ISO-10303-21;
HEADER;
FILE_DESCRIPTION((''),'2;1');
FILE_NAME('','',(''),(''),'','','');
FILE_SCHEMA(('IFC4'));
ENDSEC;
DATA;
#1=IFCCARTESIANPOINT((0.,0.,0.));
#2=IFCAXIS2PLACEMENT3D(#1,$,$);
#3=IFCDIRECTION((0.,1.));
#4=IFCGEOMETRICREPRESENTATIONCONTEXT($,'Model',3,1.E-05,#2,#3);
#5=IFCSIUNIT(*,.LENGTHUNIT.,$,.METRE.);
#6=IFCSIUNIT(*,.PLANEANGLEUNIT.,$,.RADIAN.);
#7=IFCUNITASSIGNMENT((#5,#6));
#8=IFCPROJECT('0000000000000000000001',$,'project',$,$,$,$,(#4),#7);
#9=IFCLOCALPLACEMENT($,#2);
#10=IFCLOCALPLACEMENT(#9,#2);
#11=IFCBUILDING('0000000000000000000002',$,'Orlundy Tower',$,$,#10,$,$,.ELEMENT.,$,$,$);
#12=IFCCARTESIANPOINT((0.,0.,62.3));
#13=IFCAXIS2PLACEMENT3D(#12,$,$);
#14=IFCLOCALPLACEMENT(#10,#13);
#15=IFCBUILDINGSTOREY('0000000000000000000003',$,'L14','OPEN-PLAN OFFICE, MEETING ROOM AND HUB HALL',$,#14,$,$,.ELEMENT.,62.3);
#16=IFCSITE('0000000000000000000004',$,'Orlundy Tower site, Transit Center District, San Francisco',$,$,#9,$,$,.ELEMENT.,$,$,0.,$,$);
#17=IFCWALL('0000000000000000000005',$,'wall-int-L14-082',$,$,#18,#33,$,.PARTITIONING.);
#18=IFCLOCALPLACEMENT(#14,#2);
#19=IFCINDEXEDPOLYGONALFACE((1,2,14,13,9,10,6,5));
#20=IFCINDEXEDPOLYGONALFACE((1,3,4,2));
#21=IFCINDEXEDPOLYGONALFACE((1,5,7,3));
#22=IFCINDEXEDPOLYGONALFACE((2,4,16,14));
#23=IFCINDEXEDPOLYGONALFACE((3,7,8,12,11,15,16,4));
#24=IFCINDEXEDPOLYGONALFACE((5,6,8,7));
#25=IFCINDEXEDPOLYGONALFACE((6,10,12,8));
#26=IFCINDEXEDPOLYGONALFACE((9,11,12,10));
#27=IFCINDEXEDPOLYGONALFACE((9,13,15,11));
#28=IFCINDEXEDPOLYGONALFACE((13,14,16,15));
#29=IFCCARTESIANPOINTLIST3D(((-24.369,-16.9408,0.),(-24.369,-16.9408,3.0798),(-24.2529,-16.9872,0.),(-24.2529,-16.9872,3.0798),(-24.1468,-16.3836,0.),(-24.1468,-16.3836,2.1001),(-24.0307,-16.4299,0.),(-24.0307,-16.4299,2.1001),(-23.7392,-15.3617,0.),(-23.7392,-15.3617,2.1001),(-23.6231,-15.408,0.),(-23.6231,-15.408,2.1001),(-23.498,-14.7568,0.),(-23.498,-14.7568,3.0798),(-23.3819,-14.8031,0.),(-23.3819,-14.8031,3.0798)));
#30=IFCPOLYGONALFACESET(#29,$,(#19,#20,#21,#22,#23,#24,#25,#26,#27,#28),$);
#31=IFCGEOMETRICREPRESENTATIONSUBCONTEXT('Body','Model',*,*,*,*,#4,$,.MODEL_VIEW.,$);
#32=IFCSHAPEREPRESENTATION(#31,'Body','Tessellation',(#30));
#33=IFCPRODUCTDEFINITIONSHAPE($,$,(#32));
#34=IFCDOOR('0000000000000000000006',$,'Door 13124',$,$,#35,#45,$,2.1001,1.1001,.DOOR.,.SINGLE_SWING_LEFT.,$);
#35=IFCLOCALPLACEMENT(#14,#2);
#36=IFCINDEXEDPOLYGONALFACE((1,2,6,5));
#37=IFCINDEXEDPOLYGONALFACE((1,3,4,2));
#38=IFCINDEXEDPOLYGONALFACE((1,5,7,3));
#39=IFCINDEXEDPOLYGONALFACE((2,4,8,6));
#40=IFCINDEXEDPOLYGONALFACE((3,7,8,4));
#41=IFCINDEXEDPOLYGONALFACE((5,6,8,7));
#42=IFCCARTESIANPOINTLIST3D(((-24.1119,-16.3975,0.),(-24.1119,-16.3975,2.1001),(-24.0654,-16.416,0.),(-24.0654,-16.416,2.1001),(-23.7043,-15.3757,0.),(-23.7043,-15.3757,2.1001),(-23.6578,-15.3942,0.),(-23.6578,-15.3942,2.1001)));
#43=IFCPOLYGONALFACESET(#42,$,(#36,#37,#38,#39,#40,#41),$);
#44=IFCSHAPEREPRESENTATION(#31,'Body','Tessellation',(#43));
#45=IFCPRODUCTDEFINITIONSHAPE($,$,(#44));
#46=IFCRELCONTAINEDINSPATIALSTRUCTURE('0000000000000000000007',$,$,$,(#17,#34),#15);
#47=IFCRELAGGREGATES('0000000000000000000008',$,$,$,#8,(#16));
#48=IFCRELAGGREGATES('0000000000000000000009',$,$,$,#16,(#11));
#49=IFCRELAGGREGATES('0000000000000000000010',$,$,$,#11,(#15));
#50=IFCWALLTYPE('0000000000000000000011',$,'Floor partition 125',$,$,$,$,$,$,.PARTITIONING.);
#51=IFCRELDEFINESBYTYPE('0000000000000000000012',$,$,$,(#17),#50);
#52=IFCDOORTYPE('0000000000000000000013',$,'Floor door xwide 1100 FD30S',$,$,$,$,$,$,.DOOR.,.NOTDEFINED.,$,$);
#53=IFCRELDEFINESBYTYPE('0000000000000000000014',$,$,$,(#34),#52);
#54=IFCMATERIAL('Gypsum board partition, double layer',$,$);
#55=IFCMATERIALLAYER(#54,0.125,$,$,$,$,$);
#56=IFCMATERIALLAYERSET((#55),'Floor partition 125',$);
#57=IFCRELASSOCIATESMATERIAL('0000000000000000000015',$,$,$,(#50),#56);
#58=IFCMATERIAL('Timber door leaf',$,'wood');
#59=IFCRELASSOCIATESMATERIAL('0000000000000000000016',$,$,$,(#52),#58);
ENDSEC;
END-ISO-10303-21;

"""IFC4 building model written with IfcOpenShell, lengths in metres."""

from ifc_helpers import new_model, si_unit, direction, frame, frame_2d, origin, place, context, subcontext, project, spatial, rectangle, extrude, material, layer, layer_set, type_object, element, fill, save


model = new_model("IFC4")

# Units and contexts
model_context = context("Model", 3, precision=1e-05, world=origin(), true_north=direction((0.0, 1.0)))
body_context = subcontext(model_context, "Body", "Model", "MODEL_VIEW")
ifc_project = project(units=[si_unit("LENGTHUNIT", "METRE"), si_unit("PLANEANGLEUNIT", "RADIAN")], contexts=[model_context])

# Site, building, storey
site_placement = place(None, origin())
site = spatial("IfcSite", under=ifc_project, at=site_placement, Name="Orlundy Tower site, Transit Center District, San Francisco", CompositionType="ELEMENT", RefElevation=0.0)
building_placement = place(site_placement, origin())
building = spatial("IfcBuilding", under=site, at=building_placement, Name="Orlundy Tower", CompositionType="ELEMENT")
storey_placement = place(building_placement, frame((0.0, 0.0, 62.3)))
storey = spatial("IfcBuildingStorey", under=building, at=storey_placement, Name="L14", Description="OPEN-PLAN OFFICE, MEETING ROOM AND HUB HALL", CompositionType="ELEMENT", Elevation=62.3)

# Shared definitions
ifc_material_1 = material(Name="Gypsum board partition, double layer")
ifc_layer_1 = layer(ifc_material_1, 0.125)
ifc_layer_set_1 = layer_set([ifc_layer_1], Name="Floor partition 125")
wall_type_1 = type_object("IfcWallType", Name="Floor partition 125", PredefinedType="PARTITIONING", material=ifc_layer_set_1)

# Wall, opening, door
wall_1_placement = place(storey_placement, frame((-24.311, -16.9641, 0.0), z_axis=(0.0, 0.0, 1.0), x_axis=(0.37046, 0.928849, 0.0)))
wall_1 = element("IfcWall", 1, at=wall_1_placement, inside=storey, type_object=wall_type_1, Name="wall-int-L14-082", PredefinedType="PARTITIONING", context=body_context, shape_type="SweptSolid", body=[
    extrude(rectangle(XDim=2.3513, YDim=0.125, at=frame_2d((1.1758, 0.0))), origin(), (0.0, 0.0, 1.0), 3.0798),
])
opening_placement = place(wall_1_placement, frame((0.6001, 0.0, 0.0)))
opening = element("IfcOpeningElement", 2, at=opening_placement, cuts=wall_1, PredefinedType="OPENING", context=body_context, shape_type="SweptSolid", body=[
    extrude(rectangle(XDim=1.1001, YDim=2.1001, at=frame_2d((0.55, 1.05))), frame((0.0, 0.0725, 0.0), z_axis=(0.0, -1.0, 0.0), x_axis=(1.0, 0.0, 0.0)), (0.0, 0.0, 1.0), 0.145),
])
ifc_material_2 = material(Name="Timber door leaf", Category="wood")
door_type = type_object("IfcDoorType", Name="Floor door xwide 1100 FD30S", OperationType="NOTDEFINED", PredefinedType="DOOR", material=ifc_material_2)
door_placement = place(opening_placement, origin())
door = element("IfcDoor", 3, at=door_placement, inside=storey, type_object=door_type, Name="Door 13124", OperationType="SINGLE_SWING_LEFT", OverallHeight=2.1001, OverallWidth=1.1001, PredefinedType="DOOR", context=body_context, shape_type="SweptSolid", body=[
    extrude(rectangle(XDim=1.1001, YDim=2.1001, at=frame_2d((0.55, 1.05))), frame((0.0, 0.0249, 0.0), z_axis=(0.0, -1.0, 0.0), x_axis=(1.0, 0.0, 0.0)), (0.0, 0.0, 1.0), 0.05),
])
fill(opening, door)

save(model, "model.ifc")
